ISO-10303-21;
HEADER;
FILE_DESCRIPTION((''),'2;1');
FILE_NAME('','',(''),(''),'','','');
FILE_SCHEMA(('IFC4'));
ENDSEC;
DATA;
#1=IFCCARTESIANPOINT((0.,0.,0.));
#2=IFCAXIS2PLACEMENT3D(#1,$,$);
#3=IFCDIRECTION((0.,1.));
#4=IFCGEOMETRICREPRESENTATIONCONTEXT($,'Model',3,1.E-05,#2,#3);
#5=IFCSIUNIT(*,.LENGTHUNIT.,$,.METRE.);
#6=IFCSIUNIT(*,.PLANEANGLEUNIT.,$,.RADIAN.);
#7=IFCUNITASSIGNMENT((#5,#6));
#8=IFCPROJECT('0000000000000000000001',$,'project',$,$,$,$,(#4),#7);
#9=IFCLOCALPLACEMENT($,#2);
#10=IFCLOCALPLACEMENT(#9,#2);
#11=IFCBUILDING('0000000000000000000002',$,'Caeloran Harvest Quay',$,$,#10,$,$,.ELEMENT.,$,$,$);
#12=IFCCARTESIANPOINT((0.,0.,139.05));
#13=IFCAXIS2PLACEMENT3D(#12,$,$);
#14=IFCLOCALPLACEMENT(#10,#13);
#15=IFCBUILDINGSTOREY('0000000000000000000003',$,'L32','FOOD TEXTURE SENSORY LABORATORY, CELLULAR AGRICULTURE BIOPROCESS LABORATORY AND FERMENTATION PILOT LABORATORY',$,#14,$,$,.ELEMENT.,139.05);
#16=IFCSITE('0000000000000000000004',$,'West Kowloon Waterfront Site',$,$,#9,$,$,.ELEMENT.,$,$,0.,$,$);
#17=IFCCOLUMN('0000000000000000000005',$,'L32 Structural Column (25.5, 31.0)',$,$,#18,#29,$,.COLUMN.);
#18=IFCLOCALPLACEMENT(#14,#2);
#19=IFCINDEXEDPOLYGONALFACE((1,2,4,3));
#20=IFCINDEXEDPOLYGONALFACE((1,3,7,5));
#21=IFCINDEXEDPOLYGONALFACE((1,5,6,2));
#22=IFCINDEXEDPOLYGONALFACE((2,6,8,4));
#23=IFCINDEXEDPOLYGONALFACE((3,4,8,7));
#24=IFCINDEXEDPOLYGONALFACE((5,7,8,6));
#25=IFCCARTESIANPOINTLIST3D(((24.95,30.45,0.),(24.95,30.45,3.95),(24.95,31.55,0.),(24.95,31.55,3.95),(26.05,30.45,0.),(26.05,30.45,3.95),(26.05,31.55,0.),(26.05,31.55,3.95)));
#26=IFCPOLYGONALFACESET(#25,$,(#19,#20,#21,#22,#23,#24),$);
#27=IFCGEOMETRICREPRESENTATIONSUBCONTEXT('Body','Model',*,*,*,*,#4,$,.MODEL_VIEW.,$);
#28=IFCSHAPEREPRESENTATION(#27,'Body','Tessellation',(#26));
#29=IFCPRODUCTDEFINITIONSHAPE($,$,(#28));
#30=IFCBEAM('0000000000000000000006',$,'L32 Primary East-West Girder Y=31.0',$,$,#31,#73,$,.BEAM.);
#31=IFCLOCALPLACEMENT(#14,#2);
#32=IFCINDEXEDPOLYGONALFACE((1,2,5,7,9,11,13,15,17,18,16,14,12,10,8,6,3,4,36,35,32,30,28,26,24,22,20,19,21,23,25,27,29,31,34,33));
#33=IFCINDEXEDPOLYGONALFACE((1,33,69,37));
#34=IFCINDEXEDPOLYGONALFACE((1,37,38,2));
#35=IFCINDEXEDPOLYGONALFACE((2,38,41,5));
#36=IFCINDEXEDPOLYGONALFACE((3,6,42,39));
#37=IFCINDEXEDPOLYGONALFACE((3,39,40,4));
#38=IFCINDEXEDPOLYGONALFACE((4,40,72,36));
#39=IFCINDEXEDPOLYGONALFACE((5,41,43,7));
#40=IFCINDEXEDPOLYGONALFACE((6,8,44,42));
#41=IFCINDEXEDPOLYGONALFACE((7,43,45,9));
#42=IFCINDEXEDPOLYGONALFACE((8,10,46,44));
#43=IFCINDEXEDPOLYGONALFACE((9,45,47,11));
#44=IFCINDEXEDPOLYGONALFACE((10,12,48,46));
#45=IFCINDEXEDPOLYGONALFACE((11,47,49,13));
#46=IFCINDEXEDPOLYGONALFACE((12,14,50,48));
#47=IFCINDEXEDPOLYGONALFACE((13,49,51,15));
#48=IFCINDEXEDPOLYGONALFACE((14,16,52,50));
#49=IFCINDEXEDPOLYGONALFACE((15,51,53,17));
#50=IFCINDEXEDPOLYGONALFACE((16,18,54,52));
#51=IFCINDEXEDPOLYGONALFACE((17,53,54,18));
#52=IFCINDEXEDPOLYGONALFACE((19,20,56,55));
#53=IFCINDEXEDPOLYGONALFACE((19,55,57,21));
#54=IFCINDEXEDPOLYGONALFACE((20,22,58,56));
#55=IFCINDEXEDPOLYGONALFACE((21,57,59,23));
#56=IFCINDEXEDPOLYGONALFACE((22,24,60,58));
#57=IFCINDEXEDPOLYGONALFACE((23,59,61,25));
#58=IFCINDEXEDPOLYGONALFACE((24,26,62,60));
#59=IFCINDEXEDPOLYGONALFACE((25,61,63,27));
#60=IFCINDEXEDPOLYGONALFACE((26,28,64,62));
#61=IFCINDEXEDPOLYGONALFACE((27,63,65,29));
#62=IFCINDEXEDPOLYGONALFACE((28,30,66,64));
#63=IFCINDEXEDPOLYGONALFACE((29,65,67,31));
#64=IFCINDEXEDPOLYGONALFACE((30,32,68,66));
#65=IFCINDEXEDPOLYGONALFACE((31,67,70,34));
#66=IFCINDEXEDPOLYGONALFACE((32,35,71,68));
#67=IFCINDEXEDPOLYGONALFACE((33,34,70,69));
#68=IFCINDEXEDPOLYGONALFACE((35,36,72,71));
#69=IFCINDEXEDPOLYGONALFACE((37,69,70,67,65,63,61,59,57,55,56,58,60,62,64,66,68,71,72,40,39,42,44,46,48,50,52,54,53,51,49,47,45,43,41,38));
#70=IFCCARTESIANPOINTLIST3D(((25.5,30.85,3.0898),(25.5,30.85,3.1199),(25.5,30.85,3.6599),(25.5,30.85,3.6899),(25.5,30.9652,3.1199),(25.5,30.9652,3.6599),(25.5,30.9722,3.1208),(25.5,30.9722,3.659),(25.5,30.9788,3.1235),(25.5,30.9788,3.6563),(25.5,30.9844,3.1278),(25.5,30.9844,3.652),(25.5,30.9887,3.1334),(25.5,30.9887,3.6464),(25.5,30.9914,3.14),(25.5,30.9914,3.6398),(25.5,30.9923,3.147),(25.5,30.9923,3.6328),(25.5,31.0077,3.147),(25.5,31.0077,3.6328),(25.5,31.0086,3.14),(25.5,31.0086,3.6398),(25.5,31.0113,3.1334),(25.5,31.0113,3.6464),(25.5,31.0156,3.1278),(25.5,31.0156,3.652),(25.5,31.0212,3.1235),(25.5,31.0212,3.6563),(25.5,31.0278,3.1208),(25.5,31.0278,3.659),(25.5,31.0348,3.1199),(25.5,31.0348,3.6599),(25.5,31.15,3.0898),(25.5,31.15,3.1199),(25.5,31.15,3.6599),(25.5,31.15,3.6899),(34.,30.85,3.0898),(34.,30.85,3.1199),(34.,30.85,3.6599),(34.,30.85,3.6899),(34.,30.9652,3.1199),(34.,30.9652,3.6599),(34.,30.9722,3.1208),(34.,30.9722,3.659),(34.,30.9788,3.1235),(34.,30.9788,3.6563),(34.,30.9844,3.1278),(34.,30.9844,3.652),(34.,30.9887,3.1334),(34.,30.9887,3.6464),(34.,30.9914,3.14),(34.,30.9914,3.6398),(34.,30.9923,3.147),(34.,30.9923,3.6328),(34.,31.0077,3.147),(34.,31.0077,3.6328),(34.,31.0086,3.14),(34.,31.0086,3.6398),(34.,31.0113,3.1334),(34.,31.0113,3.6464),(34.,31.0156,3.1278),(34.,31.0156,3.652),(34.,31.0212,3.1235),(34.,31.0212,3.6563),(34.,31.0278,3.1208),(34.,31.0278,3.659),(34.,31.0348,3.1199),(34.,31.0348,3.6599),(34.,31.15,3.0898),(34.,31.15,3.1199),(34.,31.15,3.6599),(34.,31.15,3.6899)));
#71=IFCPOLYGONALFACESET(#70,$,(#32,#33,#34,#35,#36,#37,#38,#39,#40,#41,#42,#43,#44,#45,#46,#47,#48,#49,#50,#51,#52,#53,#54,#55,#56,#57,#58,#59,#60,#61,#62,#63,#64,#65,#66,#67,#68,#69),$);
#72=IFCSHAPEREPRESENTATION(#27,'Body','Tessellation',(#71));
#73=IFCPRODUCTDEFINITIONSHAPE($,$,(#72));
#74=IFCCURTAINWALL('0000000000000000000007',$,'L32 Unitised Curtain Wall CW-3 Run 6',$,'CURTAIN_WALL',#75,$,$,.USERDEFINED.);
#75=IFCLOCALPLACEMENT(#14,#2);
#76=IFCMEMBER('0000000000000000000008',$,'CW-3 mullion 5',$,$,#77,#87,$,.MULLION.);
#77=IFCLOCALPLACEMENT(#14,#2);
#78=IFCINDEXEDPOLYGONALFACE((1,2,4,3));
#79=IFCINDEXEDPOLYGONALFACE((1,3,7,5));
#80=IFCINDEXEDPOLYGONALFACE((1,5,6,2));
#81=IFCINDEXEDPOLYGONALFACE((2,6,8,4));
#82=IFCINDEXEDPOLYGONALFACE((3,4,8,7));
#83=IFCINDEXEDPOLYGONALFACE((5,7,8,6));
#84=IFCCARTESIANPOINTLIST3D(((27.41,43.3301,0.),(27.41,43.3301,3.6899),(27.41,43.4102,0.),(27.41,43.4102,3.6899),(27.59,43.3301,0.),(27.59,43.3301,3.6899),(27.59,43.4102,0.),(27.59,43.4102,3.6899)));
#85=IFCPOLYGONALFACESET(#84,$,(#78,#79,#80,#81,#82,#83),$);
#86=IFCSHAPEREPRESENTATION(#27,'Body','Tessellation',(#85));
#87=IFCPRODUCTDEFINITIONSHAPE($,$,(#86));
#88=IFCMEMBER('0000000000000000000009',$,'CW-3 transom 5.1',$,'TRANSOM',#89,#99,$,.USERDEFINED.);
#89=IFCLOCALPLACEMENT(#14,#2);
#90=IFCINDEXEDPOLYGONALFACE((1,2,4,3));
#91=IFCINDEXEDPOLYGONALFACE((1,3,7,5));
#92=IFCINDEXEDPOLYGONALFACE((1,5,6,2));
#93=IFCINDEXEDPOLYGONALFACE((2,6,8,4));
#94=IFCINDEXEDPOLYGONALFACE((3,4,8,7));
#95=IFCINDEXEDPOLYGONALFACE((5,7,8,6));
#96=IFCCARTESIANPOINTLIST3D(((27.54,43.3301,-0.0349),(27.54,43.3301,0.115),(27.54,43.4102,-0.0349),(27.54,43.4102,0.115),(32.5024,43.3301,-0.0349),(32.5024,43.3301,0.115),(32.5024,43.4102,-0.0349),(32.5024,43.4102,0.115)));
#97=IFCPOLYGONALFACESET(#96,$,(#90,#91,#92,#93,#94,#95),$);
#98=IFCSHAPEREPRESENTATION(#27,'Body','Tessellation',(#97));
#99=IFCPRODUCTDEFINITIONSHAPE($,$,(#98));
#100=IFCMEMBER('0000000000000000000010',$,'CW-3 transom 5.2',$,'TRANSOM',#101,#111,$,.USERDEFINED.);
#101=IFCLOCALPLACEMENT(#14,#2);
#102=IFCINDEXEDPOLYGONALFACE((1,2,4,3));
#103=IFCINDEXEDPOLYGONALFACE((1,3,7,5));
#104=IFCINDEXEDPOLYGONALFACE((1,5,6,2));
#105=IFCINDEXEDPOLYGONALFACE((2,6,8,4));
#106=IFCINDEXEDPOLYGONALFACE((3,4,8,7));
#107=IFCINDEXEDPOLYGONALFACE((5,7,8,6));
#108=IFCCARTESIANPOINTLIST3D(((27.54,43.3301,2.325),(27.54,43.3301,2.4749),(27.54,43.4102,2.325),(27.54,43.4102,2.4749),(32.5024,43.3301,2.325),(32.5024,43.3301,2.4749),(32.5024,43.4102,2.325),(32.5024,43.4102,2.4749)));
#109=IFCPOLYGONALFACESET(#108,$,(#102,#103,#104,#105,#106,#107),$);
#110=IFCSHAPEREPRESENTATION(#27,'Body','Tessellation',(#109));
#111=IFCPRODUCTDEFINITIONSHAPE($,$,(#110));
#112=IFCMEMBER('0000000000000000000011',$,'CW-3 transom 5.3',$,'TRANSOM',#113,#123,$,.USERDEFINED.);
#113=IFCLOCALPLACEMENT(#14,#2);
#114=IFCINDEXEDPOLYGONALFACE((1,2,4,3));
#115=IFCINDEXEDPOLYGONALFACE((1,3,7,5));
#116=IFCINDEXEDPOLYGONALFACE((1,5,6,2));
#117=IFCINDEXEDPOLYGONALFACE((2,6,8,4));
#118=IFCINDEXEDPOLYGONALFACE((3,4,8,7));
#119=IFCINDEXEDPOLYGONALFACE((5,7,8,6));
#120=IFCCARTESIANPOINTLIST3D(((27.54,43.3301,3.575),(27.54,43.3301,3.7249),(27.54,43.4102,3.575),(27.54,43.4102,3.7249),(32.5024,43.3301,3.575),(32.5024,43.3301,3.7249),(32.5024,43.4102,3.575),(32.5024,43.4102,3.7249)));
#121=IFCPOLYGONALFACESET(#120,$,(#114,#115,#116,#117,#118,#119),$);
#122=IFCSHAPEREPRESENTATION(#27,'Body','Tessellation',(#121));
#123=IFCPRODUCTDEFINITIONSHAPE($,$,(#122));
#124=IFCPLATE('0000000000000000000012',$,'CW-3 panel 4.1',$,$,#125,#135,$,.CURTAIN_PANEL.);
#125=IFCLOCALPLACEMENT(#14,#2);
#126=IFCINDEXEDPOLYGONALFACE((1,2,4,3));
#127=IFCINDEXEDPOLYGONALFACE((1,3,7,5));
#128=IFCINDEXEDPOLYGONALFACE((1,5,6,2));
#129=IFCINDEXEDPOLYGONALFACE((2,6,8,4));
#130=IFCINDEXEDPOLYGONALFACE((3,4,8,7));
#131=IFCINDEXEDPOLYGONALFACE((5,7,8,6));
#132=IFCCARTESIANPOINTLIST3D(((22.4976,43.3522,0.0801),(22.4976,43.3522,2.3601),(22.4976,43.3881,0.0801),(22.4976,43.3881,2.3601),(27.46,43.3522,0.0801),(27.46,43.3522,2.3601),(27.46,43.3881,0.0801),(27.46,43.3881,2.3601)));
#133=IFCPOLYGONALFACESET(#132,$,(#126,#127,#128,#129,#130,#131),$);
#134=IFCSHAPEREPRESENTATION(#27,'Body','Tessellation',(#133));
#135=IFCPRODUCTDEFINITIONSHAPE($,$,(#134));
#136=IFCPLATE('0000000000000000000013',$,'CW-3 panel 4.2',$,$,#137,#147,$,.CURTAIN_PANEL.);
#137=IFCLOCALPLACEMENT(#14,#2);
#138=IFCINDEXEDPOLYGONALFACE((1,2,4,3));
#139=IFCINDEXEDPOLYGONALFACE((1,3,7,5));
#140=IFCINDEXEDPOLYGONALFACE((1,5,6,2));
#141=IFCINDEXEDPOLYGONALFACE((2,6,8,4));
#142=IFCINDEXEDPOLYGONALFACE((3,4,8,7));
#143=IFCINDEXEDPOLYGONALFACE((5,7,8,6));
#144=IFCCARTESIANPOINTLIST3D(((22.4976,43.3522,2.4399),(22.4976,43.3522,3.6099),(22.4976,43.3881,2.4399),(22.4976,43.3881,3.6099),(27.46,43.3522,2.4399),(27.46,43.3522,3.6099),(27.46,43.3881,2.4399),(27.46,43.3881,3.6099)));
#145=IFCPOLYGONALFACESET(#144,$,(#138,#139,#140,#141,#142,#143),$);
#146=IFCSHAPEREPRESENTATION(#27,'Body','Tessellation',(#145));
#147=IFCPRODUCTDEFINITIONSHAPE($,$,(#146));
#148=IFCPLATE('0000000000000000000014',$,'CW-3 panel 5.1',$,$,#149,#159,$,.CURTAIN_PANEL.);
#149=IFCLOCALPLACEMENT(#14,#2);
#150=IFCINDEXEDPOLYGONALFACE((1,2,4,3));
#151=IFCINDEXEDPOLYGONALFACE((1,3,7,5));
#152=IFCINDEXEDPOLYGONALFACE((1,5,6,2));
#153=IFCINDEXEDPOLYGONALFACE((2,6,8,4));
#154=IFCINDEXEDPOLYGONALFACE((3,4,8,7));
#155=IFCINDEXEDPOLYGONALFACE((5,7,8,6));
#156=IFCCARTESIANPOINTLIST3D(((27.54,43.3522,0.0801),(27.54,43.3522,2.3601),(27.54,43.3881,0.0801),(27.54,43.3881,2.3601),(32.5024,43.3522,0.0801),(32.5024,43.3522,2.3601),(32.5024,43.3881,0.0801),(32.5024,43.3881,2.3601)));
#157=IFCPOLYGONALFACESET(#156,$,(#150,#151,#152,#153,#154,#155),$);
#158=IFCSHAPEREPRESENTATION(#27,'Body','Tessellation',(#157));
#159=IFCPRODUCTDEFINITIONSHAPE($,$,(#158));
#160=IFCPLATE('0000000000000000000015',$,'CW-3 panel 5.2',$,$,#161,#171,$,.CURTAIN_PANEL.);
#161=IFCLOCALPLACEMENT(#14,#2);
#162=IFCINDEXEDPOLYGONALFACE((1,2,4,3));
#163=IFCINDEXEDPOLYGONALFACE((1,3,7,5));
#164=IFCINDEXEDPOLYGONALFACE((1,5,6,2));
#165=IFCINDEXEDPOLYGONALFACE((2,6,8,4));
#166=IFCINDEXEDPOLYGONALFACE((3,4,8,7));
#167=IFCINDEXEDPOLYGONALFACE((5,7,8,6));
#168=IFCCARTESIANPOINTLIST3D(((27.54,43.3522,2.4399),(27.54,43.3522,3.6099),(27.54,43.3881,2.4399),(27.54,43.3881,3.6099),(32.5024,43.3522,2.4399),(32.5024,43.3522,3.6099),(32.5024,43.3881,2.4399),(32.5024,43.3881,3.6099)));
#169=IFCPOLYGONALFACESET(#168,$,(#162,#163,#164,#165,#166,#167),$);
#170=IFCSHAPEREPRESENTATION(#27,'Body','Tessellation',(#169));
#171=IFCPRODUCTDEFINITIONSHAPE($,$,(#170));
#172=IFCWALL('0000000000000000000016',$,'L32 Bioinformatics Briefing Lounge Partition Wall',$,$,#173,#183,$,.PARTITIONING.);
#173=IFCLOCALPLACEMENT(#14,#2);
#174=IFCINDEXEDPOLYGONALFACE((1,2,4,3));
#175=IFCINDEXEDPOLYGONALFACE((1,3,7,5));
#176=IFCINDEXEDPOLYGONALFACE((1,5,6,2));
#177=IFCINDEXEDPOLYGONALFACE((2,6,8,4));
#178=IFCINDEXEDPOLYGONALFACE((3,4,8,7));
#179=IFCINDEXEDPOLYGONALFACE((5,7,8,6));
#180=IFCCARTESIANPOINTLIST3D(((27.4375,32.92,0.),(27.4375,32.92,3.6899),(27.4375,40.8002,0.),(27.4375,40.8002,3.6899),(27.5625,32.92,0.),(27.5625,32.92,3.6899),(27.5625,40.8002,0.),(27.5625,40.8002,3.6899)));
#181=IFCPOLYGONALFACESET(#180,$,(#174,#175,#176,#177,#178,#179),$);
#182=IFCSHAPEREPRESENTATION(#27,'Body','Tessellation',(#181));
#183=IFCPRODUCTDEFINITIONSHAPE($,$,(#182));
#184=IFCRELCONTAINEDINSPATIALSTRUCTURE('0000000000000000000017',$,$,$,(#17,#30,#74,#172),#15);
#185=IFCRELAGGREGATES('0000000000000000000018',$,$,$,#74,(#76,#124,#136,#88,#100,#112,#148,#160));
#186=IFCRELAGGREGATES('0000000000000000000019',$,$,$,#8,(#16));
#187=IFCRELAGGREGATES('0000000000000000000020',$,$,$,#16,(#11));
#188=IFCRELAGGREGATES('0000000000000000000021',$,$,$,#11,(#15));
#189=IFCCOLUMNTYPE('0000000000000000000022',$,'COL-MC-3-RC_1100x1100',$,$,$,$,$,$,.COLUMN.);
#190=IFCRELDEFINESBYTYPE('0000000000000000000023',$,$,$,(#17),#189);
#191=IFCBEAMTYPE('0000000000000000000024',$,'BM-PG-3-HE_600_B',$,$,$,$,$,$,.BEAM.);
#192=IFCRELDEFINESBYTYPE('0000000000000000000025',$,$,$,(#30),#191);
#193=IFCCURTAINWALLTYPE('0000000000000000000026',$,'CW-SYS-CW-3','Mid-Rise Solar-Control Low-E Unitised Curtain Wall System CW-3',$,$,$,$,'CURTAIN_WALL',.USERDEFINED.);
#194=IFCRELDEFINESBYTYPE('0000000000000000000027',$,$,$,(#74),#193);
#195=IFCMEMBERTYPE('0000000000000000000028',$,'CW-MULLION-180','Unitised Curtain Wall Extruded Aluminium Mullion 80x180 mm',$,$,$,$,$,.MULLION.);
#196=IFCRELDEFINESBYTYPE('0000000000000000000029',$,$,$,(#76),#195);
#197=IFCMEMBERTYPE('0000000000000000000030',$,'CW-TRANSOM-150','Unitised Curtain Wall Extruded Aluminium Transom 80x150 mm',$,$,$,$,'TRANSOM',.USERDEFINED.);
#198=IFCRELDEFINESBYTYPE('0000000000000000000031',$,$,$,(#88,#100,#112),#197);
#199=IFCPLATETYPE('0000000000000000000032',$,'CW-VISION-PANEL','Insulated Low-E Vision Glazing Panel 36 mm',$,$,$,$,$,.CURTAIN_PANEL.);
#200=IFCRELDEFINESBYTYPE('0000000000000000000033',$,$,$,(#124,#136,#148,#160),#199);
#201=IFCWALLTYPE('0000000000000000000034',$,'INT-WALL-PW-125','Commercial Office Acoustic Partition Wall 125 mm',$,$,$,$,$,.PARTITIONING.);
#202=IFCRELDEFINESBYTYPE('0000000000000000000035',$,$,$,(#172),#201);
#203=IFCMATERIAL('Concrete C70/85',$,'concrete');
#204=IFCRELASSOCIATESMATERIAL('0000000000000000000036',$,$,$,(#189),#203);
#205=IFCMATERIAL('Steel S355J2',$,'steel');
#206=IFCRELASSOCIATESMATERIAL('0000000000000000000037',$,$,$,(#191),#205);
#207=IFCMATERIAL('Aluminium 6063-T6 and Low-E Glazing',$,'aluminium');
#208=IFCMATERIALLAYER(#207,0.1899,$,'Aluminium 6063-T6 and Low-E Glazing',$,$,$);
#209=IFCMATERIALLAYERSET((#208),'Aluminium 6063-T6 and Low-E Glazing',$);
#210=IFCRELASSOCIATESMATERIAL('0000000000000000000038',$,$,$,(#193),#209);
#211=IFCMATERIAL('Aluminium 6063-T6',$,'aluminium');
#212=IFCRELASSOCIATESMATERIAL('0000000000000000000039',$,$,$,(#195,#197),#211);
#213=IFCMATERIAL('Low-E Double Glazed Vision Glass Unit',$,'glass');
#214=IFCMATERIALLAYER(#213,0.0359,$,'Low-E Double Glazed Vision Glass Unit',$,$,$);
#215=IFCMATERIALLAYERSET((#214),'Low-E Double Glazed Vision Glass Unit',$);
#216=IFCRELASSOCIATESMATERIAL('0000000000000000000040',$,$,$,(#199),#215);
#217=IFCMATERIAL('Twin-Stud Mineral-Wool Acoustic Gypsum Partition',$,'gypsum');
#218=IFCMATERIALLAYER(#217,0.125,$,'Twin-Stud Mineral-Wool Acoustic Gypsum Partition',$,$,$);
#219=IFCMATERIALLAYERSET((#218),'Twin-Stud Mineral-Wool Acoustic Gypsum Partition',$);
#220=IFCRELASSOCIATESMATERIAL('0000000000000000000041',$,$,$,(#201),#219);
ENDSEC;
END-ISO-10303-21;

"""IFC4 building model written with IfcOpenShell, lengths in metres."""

from ifc_helpers import new_model, si_unit, direction, frame, frame_2d, origin, origin_2d, place, context, subcontext, project, spatial, rectangle, i_section, extrude, material, layer, layer_set, material_profile, profile_set, type_object, element, aggregate, save


model = new_model("IFC4")

# Units and contexts
model_context = context("Model", 3, precision=1e-05, world=origin(), true_north=direction((0.0, 1.0)))
body_context = subcontext(model_context, "Body", "Model", "MODEL_VIEW")
ifc_project = project(units=[si_unit("LENGTHUNIT", "METRE"), si_unit("PLANEANGLEUNIT", "RADIAN")], contexts=[model_context])

# Site, building, storey
site_placement = place(None, origin())
site = spatial("IfcSite", under=ifc_project, at=site_placement, Name="West Kowloon Waterfront Site", CompositionType="ELEMENT", RefElevation=0.0)
building_placement = place(site_placement, origin())
building = spatial("IfcBuilding", under=site, at=building_placement, Name="Caeloran Harvest Quay", CompositionType="ELEMENT")
storey_placement = place(building_placement, frame((0.0, 0.0, 139.05)))
storey = spatial("IfcBuildingStorey", under=building, at=storey_placement, Name="L32", Description="FOOD TEXTURE SENSORY LABORATORY, CELLULAR AGRICULTURE BIOPROCESS LABORATORY AND FERMENTATION PILOT LABORATORY", CompositionType="ELEMENT", Elevation=139.05)

# Column
ifc_material_1 = material(Name="Concrete C70/85", Category="concrete")
ifc_material_profile_1 = material_profile(ifc_material_1, rectangle(XDim=1.1001, YDim=1.1001, at=origin_2d()), Name="RC 1100x1100")
ifc_profile_set_1 = profile_set([ifc_material_profile_1], Name="Concrete C70/85")
column_type = type_object("IfcColumnType", Name="COL-MC-3-RC_1100x1100", PredefinedType="COLUMN", material=ifc_profile_set_1)
column_placement = place(storey_placement, frame((25.5, 31.0, 0.0), z_axis=(0.0, 0.0, 1.0), x_axis=(1.0, 0.0, 0.0)))
element("IfcColumn", 1, at=column_placement, inside=storey, type_object=column_type, Name="L32 Structural Column (25.5, 31.0)", PredefinedType="COLUMN", context=body_context, shape_type="SweptSolid", body=[
    extrude(rectangle(XDim=1.1001, YDim=1.1001, at=origin_2d()), origin(), (0.0, 0.0, 1.0), 3.95),
])

# Beam
ifc_material_2 = material(Name="Steel S355J2", Category="steel")
ifc_material_profile_2 = material_profile(ifc_material_2, i_section(OverallWidth=0.3, OverallDepth=0.6001, WebThickness=0.0154, FlangeThickness=0.03, FilletRadius=0.0271, at=origin_2d()), Name="HE 600 B")
ifc_profile_set_2 = profile_set([ifc_material_profile_2], Name="Steel S355J2")
beam_type = type_object("IfcBeamType", Name="BM-PG-3-HE_600_B", PredefinedType="BEAM", material=ifc_profile_set_2)
beam_placement = place(storey_placement, frame((25.5, 31.0, 3.3899), z_axis=(1.0, 0.0, 0.0), x_axis=(0.0, 1.0, 0.0)))
element("IfcBeam", 2, at=beam_placement, inside=storey, type_object=beam_type, Name="L32 Primary East-West Girder Y=31.0", PredefinedType="BEAM", context=body_context, shape_type="SweptSolid", body=[
    extrude(i_section(OverallWidth=0.3, OverallDepth=0.6001, WebThickness=0.0154, FlangeThickness=0.03, FilletRadius=0.0271, at=origin_2d()), origin(), (0.0, 0.0, 1.0), 8.5),
])

# Curtain wall, members, plates
ifc_material_3 = material(Name="Aluminium 6063-T6 and Low-E Glazing", Category="aluminium")
ifc_layer_1 = layer(ifc_material_3, 0.1899, Name="Aluminium 6063-T6 and Low-E Glazing")
ifc_layer_set_1 = layer_set([ifc_layer_1], Name="Aluminium 6063-T6 and Low-E Glazing")
curtain_wall_type = type_object("IfcCurtainWallType", Name="CW-SYS-CW-3", Description="Mid-Rise Solar-Control Low-E Unitised Curtain Wall System CW-3", ElementType="CURTAIN_WALL", PredefinedType="USERDEFINED", material=ifc_layer_set_1)
curtain_wall_placement = place(storey_placement, origin())
curtain_wall = element("IfcCurtainWall", 3, at=curtain_wall_placement, inside=storey, type_object=curtain_wall_type, Name="L32 Unitised Curtain Wall CW-3 Run 6", ObjectType="CURTAIN_WALL", PredefinedType="USERDEFINED")
ifc_material_4 = material(Name="Aluminium 6063-T6", Category="aluminium")
ifc_material_profile_3 = material_profile(ifc_material_4, rectangle(XDim=0.0801, YDim=0.1799, at=origin_2d()), Name="CW-MULLION-180")
ifc_profile_set_3 = profile_set([ifc_material_profile_3], Name="Aluminium 6063-T6")
member_type_1 = type_object("IfcMemberType", Name="CW-MULLION-180", Description="Unitised Curtain Wall Extruded Aluminium Mullion 80x180 mm", PredefinedType="MULLION", material=ifc_profile_set_3)
member_1_placement = place(storey_placement, frame((27.5, 43.3701, 0.0), z_axis=(0.0, 0.0, 1.0), x_axis=(0.0, 1.0, 0.0)))
member_1 = element("IfcMember", 4, at=member_1_placement, type_object=member_type_1, Name="CW-3 mullion 5", PredefinedType="MULLION", context=body_context, shape_type="SweptSolid", body=[
    extrude(rectangle(XDim=0.0801, YDim=0.1799, at=origin_2d()), origin(), (0.0, 0.0, 1.0), 3.6899),
])
ifc_material_profile_4 = material_profile(ifc_material_4, rectangle(XDim=0.0801, YDim=0.1499, at=origin_2d()), Name="CW-TRANSOM-150")
ifc_profile_set_4 = profile_set([ifc_material_profile_4], Name="Aluminium 6063-T6")
member_type_2 = type_object("IfcMemberType", Name="CW-TRANSOM-150", Description="Unitised Curtain Wall Extruded Aluminium Transom 80x150 mm", ElementType="TRANSOM", PredefinedType="USERDEFINED", material=ifc_profile_set_4)
member_2_placement = place(storey_placement, frame((27.54, 43.3701, 0.04), z_axis=(1.0, 0.0, 0.0), x_axis=(0.0, 1.0, 0.0)))
member_2 = element("IfcMember", 5, at=member_2_placement, type_object=member_type_2, Name="CW-3 transom 5.1", ObjectType="TRANSOM", PredefinedType="USERDEFINED", context=body_context, shape_type="SweptSolid", body=[
    extrude(rectangle(XDim=0.0801, YDim=0.1499, at=origin_2d()), origin(), (0.0, 0.0, 1.0), 4.9624),
])
member_3_placement = place(storey_placement, frame((27.54, 43.3701, 2.3999), z_axis=(1.0, 0.0, 0.0), x_axis=(0.0, 1.0, 0.0)))
member_3 = element("IfcMember", 6, at=member_3_placement, type_object=member_type_2, Name="CW-3 transom 5.2", ObjectType="TRANSOM", PredefinedType="USERDEFINED", context=body_context, shape_type="SweptSolid", body=[
    extrude(rectangle(XDim=0.0801, YDim=0.1499, at=origin_2d()), origin(), (0.0, 0.0, 1.0), 4.9624),
])
member_4_placement = place(storey_placement, frame((27.54, 43.3701, 3.6499), z_axis=(1.0, 0.0, 0.0), x_axis=(0.0, 1.0, 0.0)))
member_4 = element("IfcMember", 7, at=member_4_placement, type_object=member_type_2, Name="CW-3 transom 5.3", ObjectType="TRANSOM", PredefinedType="USERDEFINED", context=body_context, shape_type="SweptSolid", body=[
    extrude(rectangle(XDim=0.0801, YDim=0.1499, at=origin_2d()), origin(), (0.0, 0.0, 1.0), 4.9624),
])
ifc_material_5 = material(Name="Low-E Double Glazed Vision Glass Unit", Category="glass")
ifc_layer_2 = layer(ifc_material_5, 0.0359, Name="Low-E Double Glazed Vision Glass Unit")
ifc_layer_set_2 = layer_set([ifc_layer_2], Name="Low-E Double Glazed Vision Glass Unit")
plate_type = type_object("IfcPlateType", Name="CW-VISION-PANEL", Description="Insulated Low-E Vision Glazing Panel 36 mm", PredefinedType="CURTAIN_PANEL", material=ifc_layer_set_2)
plate_1_placement = place(storey_placement, frame((24.9788, 43.3701, 0.0801), z_axis=(0.0, 0.0, 1.0), x_axis=(1.0, 0.0, 0.0)))
plate_1 = element("IfcPlate", 8, at=plate_1_placement, type_object=plate_type, Name="CW-3 panel 4.1", PredefinedType="CURTAIN_PANEL", context=body_context, shape_type="SweptSolid", body=[
    extrude(rectangle(XDim=4.9624, YDim=0.0359, at=origin_2d()), origin(), (0.0, 0.0, 1.0), 2.28),
])
plate_2_placement = place(storey_placement, frame((24.9788, 43.3701, 2.4399), z_axis=(0.0, 0.0, 1.0), x_axis=(1.0, 0.0, 0.0)))
plate_2 = element("IfcPlate", 9, at=plate_2_placement, type_object=plate_type, Name="CW-3 panel 4.2", PredefinedType="CURTAIN_PANEL", context=body_context, shape_type="SweptSolid", body=[
    extrude(rectangle(XDim=4.9624, YDim=0.0359, at=origin_2d()), origin(), (0.0, 0.0, 1.0), 1.1699),
])
plate_3_placement = place(storey_placement, frame((30.0212, 43.3701, 0.0801), z_axis=(0.0, 0.0, 1.0), x_axis=(1.0, 0.0, 0.0)))
plate_3 = element("IfcPlate", 10, at=plate_3_placement, type_object=plate_type, Name="CW-3 panel 5.1", PredefinedType="CURTAIN_PANEL", context=body_context, shape_type="SweptSolid", body=[
    extrude(rectangle(XDim=4.9624, YDim=0.0359, at=origin_2d()), origin(), (0.0, 0.0, 1.0), 2.28),
])
plate_4_placement = place(storey_placement, frame((30.0212, 43.3701, 2.4399), z_axis=(0.0, 0.0, 1.0), x_axis=(1.0, 0.0, 0.0)))
plate_4 = element("IfcPlate", 11, at=plate_4_placement, type_object=plate_type, Name="CW-3 panel 5.2", PredefinedType="CURTAIN_PANEL", context=body_context, shape_type="SweptSolid", body=[
    extrude(rectangle(XDim=4.9624, YDim=0.0359, at=origin_2d()), origin(), (0.0, 0.0, 1.0), 1.1699),
])
aggregate(curtain_wall, [member_1, plate_1, plate_2, member_2, member_3, member_4, plate_3, plate_4])

# Wall
ifc_material_6 = material(Name="Twin-Stud Mineral-Wool Acoustic Gypsum Partition", Category="gypsum")
ifc_layer_3 = layer(ifc_material_6, 0.125, Name="Twin-Stud Mineral-Wool Acoustic Gypsum Partition")
ifc_layer_set_3 = layer_set([ifc_layer_3], Name="Twin-Stud Mineral-Wool Acoustic Gypsum Partition")
wall_type_1 = type_object("IfcWallType", Name="INT-WALL-PW-125", Description="Commercial Office Acoustic Partition Wall 125 mm", PredefinedType="PARTITIONING", material=ifc_layer_set_3)
wall_1_placement = place(storey_placement, frame((27.5, 40.8, 0.0), z_axis=(0.0, 0.0, 1.0), x_axis=(0.0, -1.0, 0.0)))
element("IfcWall", 12, at=wall_1_placement, inside=storey, type_object=wall_type_1, Name="L32 Bioinformatics Briefing Lounge Partition Wall", PredefinedType="PARTITIONING", context=body_context, shape_type="SweptSolid", body=[
    extrude(rectangle(XDim=7.8801, YDim=0.125, at=frame_2d((3.9399, 0.0))), origin(), (0.0, 0.0, 1.0), 3.6899),
])

save(model, "model.ifc")
